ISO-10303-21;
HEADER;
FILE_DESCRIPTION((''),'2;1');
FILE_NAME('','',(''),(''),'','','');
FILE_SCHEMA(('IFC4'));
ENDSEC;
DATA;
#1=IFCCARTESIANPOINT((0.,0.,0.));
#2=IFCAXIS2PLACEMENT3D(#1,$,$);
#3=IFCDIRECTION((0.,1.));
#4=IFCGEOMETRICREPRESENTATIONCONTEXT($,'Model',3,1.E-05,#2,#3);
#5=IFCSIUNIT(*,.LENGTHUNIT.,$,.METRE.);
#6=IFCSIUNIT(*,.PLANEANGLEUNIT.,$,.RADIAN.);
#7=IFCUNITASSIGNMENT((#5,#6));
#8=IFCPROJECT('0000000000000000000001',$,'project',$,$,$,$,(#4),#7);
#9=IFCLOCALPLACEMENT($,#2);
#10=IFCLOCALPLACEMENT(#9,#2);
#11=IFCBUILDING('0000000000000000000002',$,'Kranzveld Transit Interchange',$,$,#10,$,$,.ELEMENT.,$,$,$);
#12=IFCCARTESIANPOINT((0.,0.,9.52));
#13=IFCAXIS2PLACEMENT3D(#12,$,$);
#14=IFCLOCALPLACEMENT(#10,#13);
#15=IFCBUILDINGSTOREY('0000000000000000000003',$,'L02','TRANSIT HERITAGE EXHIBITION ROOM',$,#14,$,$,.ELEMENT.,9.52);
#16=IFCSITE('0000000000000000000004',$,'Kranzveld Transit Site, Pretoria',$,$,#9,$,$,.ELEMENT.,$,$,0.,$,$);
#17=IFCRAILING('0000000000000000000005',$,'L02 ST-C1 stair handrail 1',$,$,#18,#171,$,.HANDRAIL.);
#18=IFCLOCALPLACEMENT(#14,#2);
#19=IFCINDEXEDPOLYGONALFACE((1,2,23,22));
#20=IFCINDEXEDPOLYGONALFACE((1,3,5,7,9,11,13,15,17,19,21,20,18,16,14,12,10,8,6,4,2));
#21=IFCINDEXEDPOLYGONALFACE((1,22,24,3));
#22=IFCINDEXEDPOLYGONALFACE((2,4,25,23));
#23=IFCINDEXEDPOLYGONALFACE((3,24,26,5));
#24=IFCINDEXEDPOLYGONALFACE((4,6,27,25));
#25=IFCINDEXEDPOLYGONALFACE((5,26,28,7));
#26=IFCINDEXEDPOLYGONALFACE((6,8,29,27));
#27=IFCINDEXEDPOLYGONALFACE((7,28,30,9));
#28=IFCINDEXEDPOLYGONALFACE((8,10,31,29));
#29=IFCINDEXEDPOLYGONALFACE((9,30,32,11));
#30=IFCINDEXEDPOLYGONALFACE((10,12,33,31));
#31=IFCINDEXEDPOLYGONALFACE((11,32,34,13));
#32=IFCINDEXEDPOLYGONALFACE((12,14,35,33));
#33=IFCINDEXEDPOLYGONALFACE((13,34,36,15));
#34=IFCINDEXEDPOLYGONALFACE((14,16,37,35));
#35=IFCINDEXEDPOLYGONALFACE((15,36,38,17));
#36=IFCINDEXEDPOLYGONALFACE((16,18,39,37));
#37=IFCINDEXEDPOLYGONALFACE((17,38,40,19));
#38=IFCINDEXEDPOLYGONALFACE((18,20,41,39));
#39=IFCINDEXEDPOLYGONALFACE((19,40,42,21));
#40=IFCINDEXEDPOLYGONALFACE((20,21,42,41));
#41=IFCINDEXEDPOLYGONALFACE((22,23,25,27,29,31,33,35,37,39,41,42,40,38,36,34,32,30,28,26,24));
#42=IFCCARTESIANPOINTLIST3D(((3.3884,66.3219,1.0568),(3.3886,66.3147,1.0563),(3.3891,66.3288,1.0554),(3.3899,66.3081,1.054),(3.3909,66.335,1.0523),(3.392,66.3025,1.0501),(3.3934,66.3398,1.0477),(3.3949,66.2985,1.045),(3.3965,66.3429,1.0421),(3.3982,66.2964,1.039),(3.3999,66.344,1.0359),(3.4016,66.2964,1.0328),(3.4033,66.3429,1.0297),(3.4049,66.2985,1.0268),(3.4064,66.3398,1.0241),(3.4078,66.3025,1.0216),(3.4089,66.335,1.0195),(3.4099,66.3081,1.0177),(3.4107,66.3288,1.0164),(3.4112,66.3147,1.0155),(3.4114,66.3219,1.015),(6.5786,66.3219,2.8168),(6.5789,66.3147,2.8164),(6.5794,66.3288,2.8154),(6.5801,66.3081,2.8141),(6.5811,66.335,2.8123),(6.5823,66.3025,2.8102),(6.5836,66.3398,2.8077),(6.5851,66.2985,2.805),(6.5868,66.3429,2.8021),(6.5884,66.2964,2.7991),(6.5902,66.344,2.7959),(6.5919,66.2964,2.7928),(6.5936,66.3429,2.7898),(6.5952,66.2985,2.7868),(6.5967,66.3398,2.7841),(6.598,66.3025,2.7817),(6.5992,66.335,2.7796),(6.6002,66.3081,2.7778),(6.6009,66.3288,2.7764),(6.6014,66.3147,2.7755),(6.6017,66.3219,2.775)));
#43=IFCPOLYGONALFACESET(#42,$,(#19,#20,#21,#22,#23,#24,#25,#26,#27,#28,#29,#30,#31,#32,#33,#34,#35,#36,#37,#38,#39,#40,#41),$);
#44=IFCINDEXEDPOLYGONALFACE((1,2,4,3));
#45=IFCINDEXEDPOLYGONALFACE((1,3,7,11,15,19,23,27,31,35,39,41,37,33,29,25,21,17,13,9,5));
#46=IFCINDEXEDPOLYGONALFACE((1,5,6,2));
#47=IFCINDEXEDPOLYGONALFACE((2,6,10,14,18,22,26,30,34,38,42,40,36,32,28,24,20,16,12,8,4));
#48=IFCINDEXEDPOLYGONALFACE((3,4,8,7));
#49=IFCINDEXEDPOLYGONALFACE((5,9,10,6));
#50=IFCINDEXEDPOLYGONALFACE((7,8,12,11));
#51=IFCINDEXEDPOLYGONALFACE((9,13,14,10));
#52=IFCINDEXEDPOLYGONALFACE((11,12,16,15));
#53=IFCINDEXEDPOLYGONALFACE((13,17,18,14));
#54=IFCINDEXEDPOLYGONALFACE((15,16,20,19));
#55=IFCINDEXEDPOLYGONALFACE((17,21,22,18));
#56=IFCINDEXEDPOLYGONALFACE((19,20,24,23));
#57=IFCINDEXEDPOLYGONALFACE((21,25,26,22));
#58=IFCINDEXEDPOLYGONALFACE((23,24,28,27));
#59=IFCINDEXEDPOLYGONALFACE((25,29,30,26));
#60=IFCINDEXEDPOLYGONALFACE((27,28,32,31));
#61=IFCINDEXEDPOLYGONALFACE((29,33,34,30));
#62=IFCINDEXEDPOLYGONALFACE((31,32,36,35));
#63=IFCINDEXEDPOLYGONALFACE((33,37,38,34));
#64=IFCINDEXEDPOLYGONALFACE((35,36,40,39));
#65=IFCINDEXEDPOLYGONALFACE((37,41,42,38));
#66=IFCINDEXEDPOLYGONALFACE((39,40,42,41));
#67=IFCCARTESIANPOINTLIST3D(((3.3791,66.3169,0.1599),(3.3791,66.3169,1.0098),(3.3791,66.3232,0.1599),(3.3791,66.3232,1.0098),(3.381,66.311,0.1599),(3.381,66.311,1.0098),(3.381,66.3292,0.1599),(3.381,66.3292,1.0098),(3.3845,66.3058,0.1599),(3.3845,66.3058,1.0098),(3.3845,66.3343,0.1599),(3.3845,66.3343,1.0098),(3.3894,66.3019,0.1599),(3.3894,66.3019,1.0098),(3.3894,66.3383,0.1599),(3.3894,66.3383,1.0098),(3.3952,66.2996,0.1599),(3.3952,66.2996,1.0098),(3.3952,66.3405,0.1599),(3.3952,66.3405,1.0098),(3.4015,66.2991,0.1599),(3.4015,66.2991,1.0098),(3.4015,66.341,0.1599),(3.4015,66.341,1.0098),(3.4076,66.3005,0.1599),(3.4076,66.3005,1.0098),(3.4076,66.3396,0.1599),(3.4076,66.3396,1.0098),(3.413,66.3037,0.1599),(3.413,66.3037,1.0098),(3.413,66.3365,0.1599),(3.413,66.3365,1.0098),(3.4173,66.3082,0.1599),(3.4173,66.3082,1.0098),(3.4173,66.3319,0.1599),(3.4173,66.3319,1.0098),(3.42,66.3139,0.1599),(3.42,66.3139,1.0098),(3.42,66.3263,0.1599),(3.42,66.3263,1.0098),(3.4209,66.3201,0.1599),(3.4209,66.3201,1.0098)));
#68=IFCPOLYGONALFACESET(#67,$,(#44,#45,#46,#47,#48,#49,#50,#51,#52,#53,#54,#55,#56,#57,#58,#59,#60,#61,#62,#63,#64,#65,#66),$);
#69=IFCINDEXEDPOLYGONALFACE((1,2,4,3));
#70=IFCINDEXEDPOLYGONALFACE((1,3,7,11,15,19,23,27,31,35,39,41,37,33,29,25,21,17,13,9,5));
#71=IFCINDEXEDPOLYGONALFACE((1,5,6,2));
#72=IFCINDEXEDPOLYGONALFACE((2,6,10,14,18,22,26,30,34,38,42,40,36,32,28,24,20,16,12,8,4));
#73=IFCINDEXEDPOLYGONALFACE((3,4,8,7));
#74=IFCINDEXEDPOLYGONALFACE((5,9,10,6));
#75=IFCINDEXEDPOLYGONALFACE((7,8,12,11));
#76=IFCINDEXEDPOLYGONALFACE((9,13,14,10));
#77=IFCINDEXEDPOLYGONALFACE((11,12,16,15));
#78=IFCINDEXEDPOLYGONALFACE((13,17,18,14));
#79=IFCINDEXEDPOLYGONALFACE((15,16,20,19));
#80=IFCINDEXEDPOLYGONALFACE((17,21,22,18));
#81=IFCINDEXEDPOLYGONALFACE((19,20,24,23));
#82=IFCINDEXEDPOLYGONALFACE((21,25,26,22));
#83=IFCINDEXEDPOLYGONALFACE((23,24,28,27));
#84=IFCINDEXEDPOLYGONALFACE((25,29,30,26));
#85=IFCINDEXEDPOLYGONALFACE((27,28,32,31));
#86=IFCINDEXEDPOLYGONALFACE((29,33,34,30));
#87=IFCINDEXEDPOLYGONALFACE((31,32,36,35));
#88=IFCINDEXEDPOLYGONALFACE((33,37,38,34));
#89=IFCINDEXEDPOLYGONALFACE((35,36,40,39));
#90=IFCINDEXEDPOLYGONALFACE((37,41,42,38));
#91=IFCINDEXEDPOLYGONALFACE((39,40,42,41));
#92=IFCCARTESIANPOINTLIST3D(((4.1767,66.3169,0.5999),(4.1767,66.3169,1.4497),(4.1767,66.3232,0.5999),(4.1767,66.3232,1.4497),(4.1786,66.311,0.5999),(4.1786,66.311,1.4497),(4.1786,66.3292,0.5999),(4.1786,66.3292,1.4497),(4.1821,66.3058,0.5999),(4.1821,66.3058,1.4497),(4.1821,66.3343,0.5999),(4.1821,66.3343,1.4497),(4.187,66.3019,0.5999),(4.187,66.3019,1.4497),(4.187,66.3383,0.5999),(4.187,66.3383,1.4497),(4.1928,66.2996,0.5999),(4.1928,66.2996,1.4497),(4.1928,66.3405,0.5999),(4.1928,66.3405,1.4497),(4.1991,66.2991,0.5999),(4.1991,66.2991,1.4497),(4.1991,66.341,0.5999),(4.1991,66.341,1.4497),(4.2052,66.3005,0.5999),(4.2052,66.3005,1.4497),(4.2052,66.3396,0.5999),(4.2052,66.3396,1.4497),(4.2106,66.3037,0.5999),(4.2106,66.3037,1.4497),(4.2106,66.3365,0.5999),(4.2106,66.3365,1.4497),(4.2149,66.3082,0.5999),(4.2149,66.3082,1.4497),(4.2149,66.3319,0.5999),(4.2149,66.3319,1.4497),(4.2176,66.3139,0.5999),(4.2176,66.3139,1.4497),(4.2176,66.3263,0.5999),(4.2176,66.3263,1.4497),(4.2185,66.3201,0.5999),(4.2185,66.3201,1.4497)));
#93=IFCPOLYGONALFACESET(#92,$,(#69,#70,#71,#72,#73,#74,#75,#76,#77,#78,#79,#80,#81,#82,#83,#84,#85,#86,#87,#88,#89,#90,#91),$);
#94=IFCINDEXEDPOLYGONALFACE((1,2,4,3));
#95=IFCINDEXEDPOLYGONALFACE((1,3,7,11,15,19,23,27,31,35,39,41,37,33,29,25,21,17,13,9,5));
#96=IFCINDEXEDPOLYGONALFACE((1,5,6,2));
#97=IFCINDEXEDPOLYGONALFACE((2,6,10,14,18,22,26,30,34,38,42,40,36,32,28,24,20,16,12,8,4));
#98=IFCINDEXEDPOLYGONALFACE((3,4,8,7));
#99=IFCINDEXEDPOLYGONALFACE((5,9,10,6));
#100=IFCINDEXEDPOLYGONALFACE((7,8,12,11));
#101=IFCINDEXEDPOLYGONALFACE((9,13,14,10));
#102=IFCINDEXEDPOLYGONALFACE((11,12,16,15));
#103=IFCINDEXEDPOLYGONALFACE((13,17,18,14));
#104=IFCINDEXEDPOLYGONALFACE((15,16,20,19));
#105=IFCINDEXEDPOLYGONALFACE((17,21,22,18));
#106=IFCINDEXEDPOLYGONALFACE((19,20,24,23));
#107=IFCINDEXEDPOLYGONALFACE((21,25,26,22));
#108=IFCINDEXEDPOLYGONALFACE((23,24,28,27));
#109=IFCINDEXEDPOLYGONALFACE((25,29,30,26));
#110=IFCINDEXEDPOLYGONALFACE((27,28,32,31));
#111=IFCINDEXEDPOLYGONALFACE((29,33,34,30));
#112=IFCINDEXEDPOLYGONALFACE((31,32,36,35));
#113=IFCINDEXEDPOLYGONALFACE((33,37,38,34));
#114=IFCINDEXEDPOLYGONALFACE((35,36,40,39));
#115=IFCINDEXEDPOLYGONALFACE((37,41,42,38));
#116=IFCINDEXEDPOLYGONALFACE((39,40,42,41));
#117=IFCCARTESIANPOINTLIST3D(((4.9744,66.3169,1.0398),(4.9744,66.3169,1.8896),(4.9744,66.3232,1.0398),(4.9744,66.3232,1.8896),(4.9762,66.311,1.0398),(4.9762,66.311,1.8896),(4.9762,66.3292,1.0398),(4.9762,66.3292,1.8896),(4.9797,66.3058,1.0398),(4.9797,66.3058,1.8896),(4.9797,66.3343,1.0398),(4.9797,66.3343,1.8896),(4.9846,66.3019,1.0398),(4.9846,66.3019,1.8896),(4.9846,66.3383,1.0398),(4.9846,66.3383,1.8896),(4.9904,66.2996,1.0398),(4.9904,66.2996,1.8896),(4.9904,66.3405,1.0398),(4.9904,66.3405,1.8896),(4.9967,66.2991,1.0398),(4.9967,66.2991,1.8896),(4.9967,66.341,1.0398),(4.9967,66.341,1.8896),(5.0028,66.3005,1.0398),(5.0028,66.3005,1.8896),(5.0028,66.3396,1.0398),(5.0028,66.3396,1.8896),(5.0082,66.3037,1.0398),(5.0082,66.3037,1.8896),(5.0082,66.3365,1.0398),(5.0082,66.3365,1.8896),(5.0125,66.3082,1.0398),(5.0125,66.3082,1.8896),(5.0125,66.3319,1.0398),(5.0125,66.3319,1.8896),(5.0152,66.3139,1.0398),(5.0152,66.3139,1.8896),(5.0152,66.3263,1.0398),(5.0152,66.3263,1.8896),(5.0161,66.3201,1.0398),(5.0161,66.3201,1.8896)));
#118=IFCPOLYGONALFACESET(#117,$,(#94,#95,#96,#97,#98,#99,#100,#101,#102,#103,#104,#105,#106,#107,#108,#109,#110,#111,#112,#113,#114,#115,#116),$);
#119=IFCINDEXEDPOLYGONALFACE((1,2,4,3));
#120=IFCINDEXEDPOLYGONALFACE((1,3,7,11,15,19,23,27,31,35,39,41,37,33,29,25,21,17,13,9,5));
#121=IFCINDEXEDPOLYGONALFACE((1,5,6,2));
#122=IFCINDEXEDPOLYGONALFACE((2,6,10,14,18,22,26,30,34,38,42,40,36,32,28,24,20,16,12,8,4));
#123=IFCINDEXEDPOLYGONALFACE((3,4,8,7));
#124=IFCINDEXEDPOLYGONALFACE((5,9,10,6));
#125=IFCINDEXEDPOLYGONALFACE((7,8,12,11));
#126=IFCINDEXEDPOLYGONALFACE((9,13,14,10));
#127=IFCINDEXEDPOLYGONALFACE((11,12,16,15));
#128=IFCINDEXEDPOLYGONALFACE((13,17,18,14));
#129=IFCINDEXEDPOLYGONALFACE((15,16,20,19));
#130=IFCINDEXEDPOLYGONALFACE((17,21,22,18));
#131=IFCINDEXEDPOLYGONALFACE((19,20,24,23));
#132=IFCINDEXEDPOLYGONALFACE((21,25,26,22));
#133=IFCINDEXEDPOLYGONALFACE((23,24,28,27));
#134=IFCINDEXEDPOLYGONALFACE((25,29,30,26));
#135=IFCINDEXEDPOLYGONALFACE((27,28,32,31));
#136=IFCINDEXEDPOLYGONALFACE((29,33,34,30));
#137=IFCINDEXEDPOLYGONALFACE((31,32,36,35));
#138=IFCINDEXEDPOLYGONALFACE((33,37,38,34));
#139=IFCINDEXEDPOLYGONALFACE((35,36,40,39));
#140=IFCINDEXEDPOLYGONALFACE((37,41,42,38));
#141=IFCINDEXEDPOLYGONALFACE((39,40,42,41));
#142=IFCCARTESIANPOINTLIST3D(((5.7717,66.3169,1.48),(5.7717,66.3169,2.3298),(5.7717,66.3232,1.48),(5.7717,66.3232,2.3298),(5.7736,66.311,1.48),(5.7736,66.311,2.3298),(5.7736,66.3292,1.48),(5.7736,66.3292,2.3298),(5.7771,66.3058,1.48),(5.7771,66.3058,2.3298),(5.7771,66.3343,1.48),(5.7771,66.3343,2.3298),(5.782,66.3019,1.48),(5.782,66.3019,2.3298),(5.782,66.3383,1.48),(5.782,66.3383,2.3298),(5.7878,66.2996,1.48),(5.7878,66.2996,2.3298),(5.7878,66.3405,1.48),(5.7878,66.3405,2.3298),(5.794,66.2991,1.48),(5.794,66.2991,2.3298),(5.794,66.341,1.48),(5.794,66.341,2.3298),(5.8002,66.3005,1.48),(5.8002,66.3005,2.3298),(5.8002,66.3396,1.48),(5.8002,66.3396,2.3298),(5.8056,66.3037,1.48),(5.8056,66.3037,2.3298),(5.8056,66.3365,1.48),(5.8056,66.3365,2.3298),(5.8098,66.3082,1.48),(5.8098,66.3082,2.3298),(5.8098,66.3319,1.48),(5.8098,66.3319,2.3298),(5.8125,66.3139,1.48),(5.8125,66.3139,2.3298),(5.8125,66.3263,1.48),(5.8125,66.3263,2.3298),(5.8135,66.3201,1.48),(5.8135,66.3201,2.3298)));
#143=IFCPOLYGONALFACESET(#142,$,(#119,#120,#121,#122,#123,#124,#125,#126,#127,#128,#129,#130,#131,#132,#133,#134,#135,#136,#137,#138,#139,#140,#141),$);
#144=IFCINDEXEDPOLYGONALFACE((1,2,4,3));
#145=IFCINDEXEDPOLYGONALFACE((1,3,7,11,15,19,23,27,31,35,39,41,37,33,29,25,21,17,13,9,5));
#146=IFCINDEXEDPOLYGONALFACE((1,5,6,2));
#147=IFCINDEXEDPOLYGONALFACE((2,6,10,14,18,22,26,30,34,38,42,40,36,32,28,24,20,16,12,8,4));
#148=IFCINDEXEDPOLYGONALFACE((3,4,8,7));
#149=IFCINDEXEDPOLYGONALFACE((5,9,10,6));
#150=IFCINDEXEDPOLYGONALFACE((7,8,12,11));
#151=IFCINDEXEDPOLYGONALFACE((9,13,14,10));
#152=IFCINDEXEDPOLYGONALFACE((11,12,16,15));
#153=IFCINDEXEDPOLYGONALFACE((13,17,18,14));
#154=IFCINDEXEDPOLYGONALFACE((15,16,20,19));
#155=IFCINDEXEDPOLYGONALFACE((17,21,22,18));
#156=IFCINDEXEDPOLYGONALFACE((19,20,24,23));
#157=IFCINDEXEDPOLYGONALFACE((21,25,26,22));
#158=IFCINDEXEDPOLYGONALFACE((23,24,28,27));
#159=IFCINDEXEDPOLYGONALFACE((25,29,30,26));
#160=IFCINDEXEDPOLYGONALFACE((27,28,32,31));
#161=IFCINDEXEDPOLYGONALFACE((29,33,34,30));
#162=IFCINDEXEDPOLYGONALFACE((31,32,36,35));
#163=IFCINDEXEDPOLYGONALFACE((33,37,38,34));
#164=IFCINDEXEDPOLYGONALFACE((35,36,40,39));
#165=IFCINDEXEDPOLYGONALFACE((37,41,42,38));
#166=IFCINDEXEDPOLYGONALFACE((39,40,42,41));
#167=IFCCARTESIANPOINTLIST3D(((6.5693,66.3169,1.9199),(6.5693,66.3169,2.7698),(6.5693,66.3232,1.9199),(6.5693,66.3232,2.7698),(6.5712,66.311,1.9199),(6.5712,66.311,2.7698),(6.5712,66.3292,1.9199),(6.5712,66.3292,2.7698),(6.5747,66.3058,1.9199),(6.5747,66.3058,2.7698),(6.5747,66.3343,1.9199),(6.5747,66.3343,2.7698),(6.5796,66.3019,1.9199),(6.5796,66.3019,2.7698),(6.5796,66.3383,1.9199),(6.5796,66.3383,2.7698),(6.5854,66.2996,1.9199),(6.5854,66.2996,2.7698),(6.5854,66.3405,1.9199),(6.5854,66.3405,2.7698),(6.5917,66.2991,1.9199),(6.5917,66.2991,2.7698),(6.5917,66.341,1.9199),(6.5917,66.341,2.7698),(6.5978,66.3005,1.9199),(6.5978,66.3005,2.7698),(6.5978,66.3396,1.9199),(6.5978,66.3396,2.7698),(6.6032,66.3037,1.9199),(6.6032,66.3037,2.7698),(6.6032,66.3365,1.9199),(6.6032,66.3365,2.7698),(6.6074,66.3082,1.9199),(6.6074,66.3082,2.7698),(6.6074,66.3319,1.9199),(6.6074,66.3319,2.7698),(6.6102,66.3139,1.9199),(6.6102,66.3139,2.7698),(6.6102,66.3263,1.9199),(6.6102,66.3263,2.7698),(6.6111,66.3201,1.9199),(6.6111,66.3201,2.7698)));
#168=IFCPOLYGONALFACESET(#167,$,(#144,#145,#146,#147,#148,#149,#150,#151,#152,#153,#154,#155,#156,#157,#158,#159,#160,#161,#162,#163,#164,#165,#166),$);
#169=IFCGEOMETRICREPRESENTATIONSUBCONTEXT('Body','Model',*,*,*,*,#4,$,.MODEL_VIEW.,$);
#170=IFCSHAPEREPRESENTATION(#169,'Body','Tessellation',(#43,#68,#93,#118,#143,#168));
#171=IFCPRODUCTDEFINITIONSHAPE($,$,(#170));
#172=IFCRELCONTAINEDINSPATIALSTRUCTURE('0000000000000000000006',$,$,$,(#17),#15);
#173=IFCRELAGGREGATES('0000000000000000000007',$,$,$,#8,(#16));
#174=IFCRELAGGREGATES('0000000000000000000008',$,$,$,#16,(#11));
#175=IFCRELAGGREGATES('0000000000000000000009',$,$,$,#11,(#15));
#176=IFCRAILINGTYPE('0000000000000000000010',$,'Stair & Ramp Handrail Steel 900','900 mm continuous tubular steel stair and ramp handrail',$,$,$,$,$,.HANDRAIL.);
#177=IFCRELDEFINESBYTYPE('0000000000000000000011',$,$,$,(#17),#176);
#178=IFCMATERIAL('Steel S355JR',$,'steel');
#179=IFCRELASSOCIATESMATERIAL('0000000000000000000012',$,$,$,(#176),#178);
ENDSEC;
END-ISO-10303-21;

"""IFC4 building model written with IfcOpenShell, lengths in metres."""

from ifc_helpers import new_model, si_unit, direction, frame, origin, origin_2d, place, context, subcontext, project, spatial, circle, extrude, material, type_object, element, save


model = new_model("IFC4")

# Units and contexts
model_context = context("Model", 3, precision=1e-05, world=origin(), true_north=direction((0.0, 1.0)))
body_context = subcontext(model_context, "Body", "Model", "MODEL_VIEW")
ifc_project = project(units=[si_unit("LENGTHUNIT", "METRE"), si_unit("PLANEANGLEUNIT", "RADIAN")], contexts=[model_context])

# Site, building, storey
site_placement = place(None, origin())
site = spatial("IfcSite", under=ifc_project, at=site_placement, Name="Kranzveld Transit Site, Pretoria", CompositionType="ELEMENT", RefElevation=0.0)
building_placement = place(site_placement, origin())
building = spatial("IfcBuilding", under=site, at=building_placement, Name="Kranzveld Transit Interchange", CompositionType="ELEMENT")
storey_placement = place(building_placement, frame((0.0, 0.0, 9.52)))
storey = spatial("IfcBuildingStorey", under=building, at=storey_placement, Name="L02", Description="TRANSIT HERITAGE EXHIBITION ROOM", CompositionType="ELEMENT", Elevation=9.52)

# Railing
ifc_material_1 = material(Name="Steel S355JR", Category="steel")
railing_type_1 = type_object("IfcRailingType", Name="Stair & Ramp Handrail Steel 900", Description="900 mm continuous tubular steel stair and ramp handrail", PredefinedType="HANDRAIL", material=ifc_material_1)
railing_1_placement = place(storey_placement, frame((3.3999, 66.3201, 0.1599)))
element("IfcRailing", 1, at=railing_1_placement, inside=storey, type_object=railing_type_1, Name="L02 ST-C1 stair handrail 1", PredefinedType="HANDRAIL", context=body_context, shape_type="SweptSolid", body=[
    extrude(circle(Radius=0.0239, at=origin_2d()), frame((0.0, 0.0, 0.876), z_axis=(0.875588, 0.0, 0.483058), x_axis=(0.0, 1.0, 0.0)), (0.0, 0.0, 1.0), 3.6436),
    extrude(circle(Radius=0.021, at=origin_2d()), origin(), (0.0, 0.0, 1.0), 0.8499),
    extrude(circle(Radius=0.021, at=origin_2d()), frame((0.7976, 0.0, 0.4399)), (0.0, 0.0, 1.0), 0.8499),
    extrude(circle(Radius=0.021, at=origin_2d()), frame((1.5952, 0.0, 0.8799)), (0.0, 0.0, 1.0), 0.8499),
    extrude(circle(Radius=0.021, at=origin_2d()), frame((2.3926, 0.0, 1.3201)), (0.0, 0.0, 1.0), 0.8499),
    extrude(circle(Radius=0.021, at=origin_2d()), frame((3.1902, 0.0, 1.76)), (0.0, 0.0, 1.0), 0.8499),
])

save(model, "model.ifc")
